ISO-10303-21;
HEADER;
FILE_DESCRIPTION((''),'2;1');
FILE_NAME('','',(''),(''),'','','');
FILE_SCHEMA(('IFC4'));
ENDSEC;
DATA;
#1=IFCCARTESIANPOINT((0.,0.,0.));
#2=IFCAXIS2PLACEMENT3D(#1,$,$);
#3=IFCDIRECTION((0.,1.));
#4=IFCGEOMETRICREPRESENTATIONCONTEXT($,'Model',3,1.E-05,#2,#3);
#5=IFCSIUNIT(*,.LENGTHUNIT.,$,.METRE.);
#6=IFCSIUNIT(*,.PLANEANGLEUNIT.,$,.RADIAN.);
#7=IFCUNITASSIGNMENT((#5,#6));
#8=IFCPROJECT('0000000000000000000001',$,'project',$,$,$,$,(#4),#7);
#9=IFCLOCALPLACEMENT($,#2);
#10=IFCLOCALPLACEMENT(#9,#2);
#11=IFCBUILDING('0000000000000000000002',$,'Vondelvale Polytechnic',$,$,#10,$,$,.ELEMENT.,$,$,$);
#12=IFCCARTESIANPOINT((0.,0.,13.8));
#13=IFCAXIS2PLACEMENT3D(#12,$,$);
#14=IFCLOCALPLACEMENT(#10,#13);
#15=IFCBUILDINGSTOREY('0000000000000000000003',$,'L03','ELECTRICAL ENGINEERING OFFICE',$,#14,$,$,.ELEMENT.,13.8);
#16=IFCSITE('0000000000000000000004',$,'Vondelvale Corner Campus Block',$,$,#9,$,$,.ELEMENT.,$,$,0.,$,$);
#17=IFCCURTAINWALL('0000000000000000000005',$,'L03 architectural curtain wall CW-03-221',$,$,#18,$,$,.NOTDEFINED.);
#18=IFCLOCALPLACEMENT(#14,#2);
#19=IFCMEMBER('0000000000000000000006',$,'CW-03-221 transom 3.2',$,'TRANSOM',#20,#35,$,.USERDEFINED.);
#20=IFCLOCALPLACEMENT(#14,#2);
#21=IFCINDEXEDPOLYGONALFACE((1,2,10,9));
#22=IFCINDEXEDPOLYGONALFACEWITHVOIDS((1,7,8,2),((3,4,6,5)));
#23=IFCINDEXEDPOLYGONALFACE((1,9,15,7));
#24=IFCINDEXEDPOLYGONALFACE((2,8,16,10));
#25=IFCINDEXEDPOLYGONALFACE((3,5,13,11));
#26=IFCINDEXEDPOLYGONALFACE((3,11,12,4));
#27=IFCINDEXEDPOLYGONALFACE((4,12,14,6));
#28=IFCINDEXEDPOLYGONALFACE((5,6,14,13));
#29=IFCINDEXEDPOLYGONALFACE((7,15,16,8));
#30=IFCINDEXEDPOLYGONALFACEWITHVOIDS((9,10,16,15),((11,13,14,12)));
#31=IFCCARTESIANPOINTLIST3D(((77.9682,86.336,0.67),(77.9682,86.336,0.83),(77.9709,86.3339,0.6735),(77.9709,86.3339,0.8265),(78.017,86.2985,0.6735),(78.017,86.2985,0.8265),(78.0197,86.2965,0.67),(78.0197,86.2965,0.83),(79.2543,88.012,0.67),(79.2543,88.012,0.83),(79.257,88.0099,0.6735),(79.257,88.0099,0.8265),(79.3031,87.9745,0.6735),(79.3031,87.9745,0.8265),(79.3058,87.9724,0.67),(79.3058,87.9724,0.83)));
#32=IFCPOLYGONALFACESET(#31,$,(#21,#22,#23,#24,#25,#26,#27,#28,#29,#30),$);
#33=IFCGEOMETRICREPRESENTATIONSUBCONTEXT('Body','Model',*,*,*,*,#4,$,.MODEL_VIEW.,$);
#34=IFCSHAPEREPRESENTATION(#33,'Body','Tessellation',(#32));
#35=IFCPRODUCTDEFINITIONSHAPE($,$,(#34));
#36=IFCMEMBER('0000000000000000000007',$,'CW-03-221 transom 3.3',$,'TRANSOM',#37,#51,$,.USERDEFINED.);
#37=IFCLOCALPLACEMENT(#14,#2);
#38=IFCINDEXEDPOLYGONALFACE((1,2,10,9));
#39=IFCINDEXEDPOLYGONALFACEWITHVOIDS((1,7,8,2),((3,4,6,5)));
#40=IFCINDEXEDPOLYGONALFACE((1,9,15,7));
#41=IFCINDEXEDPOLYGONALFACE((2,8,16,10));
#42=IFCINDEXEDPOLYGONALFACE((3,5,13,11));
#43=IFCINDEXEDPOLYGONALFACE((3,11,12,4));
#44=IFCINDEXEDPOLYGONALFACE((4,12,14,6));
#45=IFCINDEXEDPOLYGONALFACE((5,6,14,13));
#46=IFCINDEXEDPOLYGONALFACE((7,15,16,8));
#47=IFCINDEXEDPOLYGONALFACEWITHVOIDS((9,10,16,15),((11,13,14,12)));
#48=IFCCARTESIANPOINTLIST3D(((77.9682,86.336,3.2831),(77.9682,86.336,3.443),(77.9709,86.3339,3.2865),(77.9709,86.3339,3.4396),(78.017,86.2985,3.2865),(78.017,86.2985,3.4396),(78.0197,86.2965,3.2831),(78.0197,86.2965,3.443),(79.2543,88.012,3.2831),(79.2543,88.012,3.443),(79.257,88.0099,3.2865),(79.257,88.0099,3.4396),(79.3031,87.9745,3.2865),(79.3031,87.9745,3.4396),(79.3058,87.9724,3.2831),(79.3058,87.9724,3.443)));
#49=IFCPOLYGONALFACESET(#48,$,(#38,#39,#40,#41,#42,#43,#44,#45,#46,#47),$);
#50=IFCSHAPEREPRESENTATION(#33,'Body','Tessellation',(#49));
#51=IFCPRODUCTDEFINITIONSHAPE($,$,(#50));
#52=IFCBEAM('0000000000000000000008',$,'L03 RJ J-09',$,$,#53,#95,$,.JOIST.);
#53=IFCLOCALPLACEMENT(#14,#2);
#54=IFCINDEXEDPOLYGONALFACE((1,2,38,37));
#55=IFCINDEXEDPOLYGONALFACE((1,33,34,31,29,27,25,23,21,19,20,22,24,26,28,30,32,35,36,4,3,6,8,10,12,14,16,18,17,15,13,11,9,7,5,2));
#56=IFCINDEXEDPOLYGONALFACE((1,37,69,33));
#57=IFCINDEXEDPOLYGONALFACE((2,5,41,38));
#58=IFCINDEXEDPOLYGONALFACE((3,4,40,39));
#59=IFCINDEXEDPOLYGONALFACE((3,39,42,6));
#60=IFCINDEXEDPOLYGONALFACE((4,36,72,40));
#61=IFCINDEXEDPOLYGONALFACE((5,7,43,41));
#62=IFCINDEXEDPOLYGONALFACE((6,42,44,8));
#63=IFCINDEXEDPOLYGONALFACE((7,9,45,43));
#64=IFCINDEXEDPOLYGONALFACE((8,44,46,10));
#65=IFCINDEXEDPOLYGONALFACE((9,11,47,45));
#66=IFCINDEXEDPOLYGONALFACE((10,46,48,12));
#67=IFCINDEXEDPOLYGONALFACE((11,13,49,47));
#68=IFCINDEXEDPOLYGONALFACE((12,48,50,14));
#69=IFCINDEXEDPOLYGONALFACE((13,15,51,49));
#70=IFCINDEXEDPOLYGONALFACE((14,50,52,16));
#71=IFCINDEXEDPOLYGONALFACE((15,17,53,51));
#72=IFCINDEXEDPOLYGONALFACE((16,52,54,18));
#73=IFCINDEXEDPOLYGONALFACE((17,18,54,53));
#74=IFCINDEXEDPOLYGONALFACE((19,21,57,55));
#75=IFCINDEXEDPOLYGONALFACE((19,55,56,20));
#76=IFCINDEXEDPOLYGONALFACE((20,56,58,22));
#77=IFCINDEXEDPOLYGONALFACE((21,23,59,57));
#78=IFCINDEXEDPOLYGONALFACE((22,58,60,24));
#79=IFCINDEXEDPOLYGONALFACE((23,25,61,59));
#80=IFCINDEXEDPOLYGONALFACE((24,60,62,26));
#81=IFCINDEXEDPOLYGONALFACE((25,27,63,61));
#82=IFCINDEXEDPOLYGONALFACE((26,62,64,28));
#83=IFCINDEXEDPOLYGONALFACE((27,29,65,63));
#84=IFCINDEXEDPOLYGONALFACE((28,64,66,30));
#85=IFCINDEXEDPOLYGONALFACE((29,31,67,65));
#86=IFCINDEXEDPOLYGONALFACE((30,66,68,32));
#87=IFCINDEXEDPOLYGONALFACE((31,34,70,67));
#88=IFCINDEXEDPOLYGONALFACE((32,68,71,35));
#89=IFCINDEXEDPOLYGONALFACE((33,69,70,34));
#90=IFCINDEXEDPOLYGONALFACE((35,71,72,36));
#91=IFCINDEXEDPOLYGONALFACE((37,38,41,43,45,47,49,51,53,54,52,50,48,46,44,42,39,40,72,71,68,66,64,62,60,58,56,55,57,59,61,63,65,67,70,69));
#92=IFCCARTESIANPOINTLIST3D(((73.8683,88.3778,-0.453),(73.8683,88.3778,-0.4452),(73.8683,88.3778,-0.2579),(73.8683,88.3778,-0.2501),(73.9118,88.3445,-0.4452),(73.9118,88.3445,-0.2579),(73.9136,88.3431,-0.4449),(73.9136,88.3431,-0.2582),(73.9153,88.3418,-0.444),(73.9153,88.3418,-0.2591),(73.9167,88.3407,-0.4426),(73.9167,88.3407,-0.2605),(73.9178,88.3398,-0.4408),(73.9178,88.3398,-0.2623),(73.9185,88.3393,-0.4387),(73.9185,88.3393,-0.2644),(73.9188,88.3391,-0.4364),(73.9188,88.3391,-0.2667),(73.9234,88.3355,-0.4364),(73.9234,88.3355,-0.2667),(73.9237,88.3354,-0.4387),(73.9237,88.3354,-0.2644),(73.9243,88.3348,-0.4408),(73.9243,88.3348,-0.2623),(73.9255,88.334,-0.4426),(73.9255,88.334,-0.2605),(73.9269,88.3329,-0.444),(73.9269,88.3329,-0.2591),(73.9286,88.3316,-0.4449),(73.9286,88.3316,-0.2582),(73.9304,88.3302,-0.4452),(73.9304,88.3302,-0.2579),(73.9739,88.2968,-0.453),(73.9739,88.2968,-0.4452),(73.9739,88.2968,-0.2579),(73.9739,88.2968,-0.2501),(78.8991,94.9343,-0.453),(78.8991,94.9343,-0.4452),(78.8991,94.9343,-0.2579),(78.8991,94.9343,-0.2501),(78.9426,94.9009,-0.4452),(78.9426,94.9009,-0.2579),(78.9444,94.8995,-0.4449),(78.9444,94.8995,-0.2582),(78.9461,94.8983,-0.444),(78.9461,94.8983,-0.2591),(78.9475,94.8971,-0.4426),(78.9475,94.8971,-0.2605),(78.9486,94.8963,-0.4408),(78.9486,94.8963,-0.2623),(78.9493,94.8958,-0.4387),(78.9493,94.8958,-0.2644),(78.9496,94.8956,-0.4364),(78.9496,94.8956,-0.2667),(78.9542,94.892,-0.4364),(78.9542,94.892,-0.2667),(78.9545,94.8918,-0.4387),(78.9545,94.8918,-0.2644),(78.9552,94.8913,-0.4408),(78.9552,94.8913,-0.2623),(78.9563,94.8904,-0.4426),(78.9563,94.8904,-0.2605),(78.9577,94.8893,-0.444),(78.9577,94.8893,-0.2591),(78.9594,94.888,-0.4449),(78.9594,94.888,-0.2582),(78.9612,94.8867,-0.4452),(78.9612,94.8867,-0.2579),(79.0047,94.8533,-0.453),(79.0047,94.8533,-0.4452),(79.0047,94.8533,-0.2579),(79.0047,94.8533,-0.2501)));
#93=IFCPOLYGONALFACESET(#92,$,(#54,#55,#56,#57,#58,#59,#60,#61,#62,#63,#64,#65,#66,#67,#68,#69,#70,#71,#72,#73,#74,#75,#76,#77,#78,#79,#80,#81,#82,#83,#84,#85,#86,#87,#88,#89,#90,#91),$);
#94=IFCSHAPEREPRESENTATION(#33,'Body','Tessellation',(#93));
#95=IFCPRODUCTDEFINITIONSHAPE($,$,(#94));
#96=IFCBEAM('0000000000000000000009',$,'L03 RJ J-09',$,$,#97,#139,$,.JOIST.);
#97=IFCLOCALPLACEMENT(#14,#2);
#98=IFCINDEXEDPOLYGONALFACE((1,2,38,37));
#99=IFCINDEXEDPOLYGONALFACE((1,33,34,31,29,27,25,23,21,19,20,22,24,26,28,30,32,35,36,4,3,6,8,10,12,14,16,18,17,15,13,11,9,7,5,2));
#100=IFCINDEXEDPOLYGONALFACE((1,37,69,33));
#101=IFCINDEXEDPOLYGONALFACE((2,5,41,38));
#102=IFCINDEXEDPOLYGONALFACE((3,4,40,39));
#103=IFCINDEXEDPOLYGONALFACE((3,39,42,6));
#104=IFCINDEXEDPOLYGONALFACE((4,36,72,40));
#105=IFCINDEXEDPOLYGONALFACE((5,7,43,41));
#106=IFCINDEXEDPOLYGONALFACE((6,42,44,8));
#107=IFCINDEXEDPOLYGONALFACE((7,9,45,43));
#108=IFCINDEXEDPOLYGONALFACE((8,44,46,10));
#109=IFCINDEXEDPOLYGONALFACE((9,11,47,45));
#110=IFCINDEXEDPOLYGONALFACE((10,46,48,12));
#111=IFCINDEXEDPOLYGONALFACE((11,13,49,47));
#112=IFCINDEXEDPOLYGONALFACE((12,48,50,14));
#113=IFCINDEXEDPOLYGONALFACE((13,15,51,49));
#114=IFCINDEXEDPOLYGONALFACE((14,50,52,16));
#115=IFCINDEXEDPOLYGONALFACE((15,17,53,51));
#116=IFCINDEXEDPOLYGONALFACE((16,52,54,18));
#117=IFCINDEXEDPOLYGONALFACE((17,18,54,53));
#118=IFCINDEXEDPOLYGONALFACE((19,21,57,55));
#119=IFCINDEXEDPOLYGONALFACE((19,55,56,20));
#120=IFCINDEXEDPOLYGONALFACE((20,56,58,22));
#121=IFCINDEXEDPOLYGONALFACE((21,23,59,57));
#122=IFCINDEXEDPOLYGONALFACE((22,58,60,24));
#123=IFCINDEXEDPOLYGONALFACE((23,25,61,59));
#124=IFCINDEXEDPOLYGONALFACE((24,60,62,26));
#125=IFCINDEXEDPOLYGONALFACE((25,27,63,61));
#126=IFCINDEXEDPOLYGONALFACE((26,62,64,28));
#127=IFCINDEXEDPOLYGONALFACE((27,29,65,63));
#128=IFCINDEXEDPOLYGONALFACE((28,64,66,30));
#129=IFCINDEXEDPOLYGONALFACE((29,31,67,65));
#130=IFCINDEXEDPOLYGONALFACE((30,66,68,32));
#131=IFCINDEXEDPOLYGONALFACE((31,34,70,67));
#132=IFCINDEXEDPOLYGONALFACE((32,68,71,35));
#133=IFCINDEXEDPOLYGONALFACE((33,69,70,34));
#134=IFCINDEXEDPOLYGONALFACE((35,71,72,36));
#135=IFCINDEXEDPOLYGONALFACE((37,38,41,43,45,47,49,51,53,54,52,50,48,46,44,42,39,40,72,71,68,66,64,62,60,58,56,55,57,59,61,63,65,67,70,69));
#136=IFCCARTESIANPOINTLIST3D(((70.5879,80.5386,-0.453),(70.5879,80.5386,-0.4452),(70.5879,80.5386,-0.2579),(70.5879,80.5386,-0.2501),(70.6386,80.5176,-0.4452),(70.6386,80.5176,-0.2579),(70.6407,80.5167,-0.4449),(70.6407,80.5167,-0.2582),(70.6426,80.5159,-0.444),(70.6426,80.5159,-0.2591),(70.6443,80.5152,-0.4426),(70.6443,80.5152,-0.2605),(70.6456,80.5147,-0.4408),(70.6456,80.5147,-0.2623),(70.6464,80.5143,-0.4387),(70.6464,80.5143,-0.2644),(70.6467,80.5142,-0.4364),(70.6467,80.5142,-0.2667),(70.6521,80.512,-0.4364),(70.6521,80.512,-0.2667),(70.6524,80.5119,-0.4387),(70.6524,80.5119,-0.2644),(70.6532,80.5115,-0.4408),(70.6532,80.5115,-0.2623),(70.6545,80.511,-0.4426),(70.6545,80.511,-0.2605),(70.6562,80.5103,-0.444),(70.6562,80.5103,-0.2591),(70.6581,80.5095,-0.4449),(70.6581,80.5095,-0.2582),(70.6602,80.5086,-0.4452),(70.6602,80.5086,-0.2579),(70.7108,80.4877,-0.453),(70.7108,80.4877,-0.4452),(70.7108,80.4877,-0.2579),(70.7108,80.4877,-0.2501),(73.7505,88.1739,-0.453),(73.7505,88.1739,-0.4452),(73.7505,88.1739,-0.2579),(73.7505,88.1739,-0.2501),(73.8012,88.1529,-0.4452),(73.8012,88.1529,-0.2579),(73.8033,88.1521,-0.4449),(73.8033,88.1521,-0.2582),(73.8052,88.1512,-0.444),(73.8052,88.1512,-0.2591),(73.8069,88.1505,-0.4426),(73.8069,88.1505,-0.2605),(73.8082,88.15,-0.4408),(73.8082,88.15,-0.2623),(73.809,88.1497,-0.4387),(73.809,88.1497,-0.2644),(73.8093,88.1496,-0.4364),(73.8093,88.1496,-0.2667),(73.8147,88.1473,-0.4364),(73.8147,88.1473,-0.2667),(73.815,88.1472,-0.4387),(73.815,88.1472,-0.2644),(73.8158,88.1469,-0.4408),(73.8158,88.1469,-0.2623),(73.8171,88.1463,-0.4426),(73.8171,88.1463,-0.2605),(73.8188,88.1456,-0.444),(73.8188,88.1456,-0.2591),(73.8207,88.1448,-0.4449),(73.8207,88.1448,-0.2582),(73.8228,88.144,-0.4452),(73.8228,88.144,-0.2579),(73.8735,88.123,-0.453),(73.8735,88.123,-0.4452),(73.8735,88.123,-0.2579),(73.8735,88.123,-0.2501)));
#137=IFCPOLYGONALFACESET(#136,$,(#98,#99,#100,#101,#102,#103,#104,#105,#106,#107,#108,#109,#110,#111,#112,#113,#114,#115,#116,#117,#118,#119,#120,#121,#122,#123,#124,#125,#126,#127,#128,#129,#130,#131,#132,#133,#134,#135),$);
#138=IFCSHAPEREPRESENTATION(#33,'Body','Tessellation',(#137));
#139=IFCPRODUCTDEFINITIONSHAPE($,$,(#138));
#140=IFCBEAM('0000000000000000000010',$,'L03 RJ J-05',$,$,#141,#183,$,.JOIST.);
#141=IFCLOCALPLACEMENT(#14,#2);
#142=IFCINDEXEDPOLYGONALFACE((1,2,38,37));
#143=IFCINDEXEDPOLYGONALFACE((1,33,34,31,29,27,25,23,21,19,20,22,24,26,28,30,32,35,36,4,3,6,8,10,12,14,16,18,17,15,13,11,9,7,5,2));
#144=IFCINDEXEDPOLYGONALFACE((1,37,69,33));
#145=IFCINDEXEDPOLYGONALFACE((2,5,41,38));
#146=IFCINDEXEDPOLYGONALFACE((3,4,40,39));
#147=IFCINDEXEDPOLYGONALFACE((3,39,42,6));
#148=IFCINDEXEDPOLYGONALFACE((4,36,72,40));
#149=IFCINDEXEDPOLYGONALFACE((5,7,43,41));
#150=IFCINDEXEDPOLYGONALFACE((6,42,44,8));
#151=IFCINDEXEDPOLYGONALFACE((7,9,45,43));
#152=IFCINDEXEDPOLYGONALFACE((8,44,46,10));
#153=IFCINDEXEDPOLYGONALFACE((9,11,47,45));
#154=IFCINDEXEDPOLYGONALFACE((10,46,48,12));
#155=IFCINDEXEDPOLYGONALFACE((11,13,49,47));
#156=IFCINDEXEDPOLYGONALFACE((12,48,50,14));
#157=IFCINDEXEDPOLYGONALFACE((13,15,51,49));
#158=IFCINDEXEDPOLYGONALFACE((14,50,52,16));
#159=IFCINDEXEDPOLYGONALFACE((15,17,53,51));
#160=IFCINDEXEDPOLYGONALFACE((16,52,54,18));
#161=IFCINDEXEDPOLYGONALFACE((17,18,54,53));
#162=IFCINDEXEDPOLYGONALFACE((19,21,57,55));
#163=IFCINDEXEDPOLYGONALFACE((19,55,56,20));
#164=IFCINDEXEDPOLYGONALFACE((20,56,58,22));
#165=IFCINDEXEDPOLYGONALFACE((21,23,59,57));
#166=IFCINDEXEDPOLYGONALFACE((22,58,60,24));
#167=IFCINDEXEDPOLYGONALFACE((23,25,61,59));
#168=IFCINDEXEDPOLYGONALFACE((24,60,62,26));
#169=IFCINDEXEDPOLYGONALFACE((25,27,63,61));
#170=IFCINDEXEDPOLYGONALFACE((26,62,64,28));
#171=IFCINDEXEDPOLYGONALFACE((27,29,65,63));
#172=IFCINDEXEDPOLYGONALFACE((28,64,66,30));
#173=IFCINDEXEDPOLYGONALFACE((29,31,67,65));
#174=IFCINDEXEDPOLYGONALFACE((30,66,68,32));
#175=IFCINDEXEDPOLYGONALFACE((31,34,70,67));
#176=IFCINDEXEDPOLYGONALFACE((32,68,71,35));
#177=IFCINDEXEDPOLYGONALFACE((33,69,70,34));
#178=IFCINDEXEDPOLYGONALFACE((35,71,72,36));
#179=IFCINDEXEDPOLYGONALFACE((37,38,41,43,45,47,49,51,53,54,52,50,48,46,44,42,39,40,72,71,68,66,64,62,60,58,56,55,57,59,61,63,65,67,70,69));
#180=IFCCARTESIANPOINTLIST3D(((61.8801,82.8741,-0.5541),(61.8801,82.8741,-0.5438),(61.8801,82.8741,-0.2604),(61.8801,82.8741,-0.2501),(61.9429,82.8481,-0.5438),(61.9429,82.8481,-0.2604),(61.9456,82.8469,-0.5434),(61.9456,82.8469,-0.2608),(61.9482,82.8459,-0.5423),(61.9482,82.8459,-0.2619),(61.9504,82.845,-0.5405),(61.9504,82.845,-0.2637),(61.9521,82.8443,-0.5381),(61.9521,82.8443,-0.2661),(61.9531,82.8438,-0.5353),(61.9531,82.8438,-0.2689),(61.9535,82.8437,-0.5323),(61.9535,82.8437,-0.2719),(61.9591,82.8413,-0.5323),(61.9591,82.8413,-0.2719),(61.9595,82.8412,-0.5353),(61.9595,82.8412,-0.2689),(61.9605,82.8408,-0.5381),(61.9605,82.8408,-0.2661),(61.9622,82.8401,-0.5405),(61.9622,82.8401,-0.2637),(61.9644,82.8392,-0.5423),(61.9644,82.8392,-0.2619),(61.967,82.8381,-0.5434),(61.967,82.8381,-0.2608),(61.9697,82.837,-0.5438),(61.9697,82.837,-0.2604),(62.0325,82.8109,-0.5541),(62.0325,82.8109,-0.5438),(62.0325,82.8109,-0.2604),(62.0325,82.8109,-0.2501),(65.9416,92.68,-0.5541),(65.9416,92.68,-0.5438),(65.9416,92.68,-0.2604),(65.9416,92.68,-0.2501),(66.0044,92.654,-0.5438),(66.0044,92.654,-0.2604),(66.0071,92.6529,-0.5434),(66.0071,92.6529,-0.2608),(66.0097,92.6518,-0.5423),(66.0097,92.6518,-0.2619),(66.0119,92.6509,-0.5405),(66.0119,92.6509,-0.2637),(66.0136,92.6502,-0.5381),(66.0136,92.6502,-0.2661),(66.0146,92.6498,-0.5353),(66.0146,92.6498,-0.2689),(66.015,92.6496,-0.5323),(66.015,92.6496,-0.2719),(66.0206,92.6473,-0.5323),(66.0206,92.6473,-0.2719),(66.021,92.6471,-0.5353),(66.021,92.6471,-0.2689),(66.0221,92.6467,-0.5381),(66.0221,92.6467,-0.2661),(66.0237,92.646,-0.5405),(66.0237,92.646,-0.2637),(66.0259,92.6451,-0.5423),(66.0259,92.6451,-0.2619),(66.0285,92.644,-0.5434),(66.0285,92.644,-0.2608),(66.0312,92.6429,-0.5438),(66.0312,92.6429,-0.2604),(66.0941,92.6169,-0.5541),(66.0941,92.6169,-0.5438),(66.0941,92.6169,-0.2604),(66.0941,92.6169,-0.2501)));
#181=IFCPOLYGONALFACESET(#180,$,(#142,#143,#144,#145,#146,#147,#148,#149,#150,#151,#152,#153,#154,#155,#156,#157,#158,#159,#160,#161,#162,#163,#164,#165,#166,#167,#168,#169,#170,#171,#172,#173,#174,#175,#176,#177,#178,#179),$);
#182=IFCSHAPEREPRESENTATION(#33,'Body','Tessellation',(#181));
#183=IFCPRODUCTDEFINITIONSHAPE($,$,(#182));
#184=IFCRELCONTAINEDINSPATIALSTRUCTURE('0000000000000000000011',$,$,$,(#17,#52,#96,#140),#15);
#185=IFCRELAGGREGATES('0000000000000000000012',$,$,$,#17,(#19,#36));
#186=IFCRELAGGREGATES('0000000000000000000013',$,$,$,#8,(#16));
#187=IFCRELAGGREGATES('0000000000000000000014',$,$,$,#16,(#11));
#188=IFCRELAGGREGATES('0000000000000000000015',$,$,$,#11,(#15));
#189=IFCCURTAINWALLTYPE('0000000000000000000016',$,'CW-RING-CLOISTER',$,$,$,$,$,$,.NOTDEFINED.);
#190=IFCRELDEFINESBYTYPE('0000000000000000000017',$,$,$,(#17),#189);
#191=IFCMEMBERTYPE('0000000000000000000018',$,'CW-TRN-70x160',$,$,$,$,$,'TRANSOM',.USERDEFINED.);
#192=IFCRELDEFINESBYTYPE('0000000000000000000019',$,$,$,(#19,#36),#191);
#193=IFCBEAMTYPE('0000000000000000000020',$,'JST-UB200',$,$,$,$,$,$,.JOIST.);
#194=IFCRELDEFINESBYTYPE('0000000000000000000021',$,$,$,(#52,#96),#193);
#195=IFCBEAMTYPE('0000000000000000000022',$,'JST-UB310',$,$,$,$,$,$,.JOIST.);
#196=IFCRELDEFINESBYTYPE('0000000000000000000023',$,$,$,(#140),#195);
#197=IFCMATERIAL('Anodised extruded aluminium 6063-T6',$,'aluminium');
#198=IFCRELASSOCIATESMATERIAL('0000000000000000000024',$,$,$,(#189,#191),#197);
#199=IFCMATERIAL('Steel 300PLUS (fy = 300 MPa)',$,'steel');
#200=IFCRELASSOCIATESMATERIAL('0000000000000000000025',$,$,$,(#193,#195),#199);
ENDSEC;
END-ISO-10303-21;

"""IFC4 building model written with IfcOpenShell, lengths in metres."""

from ifc_helpers import new_model, si_unit, direction, frame, origin, origin_2d, place, context, subcontext, project, spatial, hollow_rectangle, i_section, extrude, material, material_profile, profile_set, type_object, element, aggregate, save


model = new_model("IFC4")

# Units and contexts
model_context = context("Model", 3, precision=1e-05, world=origin(), true_north=direction((0.0, 1.0)))
body_context = subcontext(model_context, "Body", "Model", "MODEL_VIEW")
ifc_project = project(units=[si_unit("LENGTHUNIT", "METRE"), si_unit("PLANEANGLEUNIT", "RADIAN")], contexts=[model_context])

# Site, building, storey
site_placement = place(None, origin())
site = spatial("IfcSite", under=ifc_project, at=site_placement, Name="Vondelvale Corner Campus Block", CompositionType="ELEMENT", RefElevation=0.0)
building_placement = place(site_placement, origin())
building = spatial("IfcBuilding", under=site, at=building_placement, Name="Vondelvale Polytechnic", CompositionType="ELEMENT")
storey_placement = place(building_placement, frame((0.0, 0.0, 13.8)))
storey = spatial("IfcBuildingStorey", under=building, at=storey_placement, Name="L03", Description="ELECTRICAL ENGINEERING OFFICE", CompositionType="ELEMENT", Elevation=13.8)

# Shared definitions
ifc_material_1 = material(Name="Steel 300PLUS (fy = 300 MPa)", Category="steel")

# Shared definitions
ifc_material_2 = material(Name="Anodised extruded aluminium 6063-T6", Category="aluminium")

# Curtain wall, members
curtain_wall_type_1 = type_object("IfcCurtainWallType", Name="CW-RING-CLOISTER", PredefinedType="NOTDEFINED", material=ifc_material_2)
curtain_wall_1_placement = place(storey_placement, origin())
curtain_wall_1 = element("IfcCurtainWall", 1, at=curtain_wall_1_placement, inside=storey, type_object=curtain_wall_type_1, Name="L03 architectural curtain wall CW-03-221", PredefinedType="NOTDEFINED")
ifc_material_profile_1 = material_profile(ifc_material_2, hollow_rectangle(XDim=0.0649, YDim=0.1599, WallThickness=0.0034, at=origin_2d()), Name="CW-TRN-160x65")
ifc_profile_set_1 = profile_set([ifc_material_profile_1], Name="Anodised extruded aluminium 6063-T6")
member_type_1 = type_object("IfcMemberType", Name="CW-TRN-70x160", ElementType="TRANSOM", PredefinedType="USERDEFINED", material=ifc_profile_set_1)
member_1_placement = place(storey_placement, frame((79.28, 87.9922, 0.75), z_axis=(-0.608783, -0.793337, 0.0), x_axis=(0.793337, -0.608783, 0.0)))
member_1 = element("IfcMember", 2, at=member_1_placement, type_object=member_type_1, Name="CW-03-221 transom 3.2", ObjectType="TRANSOM", PredefinedType="USERDEFINED", context=body_context, shape_type="SweptSolid", body=[
    extrude(hollow_rectangle(XDim=0.0649, YDim=0.1599, WallThickness=0.0034, at=origin_2d()), origin(), (0.0, 0.0, 1.0), 2.1125),
])
member_2_placement = place(storey_placement, frame((79.28, 87.9922, 3.363), z_axis=(-0.608783, -0.793337, 0.0), x_axis=(0.793337, -0.608783, 0.0)))
member_2 = element("IfcMember", 3, at=member_2_placement, type_object=member_type_1, Name="CW-03-221 transom 3.3", ObjectType="TRANSOM", PredefinedType="USERDEFINED", context=body_context, shape_type="SweptSolid", body=[
    extrude(hollow_rectangle(XDim=0.0649, YDim=0.1599, WallThickness=0.0034, at=origin_2d()), origin(), (0.0, 0.0, 1.0), 2.1125),
])
aggregate(curtain_wall_1, [member_1, member_2])

# Beams
ifc_material_profile_2 = material_profile(ifc_material_1, i_section(OverallWidth=0.1331, OverallDepth=0.2029, WebThickness=0.0059, FlangeThickness=0.0078, FilletRadius=0.0088, at=origin_2d()), Name="200UB25.4")
ifc_profile_set_2 = profile_set([ifc_material_profile_2], Name="Steel 300PLUS (fy = 300 MPa)")
beam_type_1 = type_object("IfcBeamType", Name="JST-UB200", PredefinedType="JOIST", material=ifc_profile_set_2)
beam_1_placement = place(storey_placement, frame((78.9519, 94.8938, -0.3516), z_axis=(-0.608751, -0.793361, 0.0), x_axis=(0.793361, -0.608751, 0.0)))
element("IfcBeam", 4, at=beam_1_placement, inside=storey, type_object=beam_type_1, Name="L03 RJ J-09", PredefinedType="JOIST", context=body_context, shape_type="SweptSolid", body=[
    extrude(i_section(OverallWidth=0.1331, OverallDepth=0.2029, WebThickness=0.0059, FlangeThickness=0.0078, FilletRadius=0.0088, at=origin_2d()), origin(), (0.0, 0.0, 1.0), 8.2642),
])
beam_2_placement = place(storey_placement, frame((73.812, 88.1484, -0.3516), z_axis=(-0.382681, -0.923881, 0.0), x_axis=(0.923881, -0.382681, 0.0)))
element("IfcBeam", 5, at=beam_2_placement, inside=storey, type_object=beam_type_1, Name="L03 RJ J-09", PredefinedType="JOIST", context=body_context, shape_type="SweptSolid", body=[
    extrude(i_section(OverallWidth=0.1331, OverallDepth=0.2029, WebThickness=0.0059, FlangeThickness=0.0078, FilletRadius=0.0088, at=origin_2d()), origin(), (0.0, 0.0, 1.0), 8.2644),
])
ifc_material_profile_3 = material_profile(ifc_material_1, i_section(OverallWidth=0.165, OverallDepth=0.304, WebThickness=0.0061, FlangeThickness=0.0103, FilletRadius=0.0115, at=origin_2d()), Name="310UB40.4")
ifc_profile_set_3 = profile_set([ifc_material_profile_3], Name="Steel 300PLUS (fy = 300 MPa)")
beam_type_2 = type_object("IfcBeamType", Name="JST-UB310", PredefinedType="JOIST", material=ifc_profile_set_3)
beam_3_placement = place(storey_placement, frame((66.0178, 92.6484, -0.4021), z_axis=(-0.382666, -0.923887, 0.0), x_axis=(0.923887, -0.382666, 0.0)))
element("IfcBeam", 6, at=beam_3_placement, inside=storey, type_object=beam_type_2, Name="L03 RJ J-05", PredefinedType="JOIST", context=body_context, shape_type="SweptSolid", body=[
    extrude(i_section(OverallWidth=0.165, OverallDepth=0.304, WebThickness=0.0061, FlangeThickness=0.0103, FilletRadius=0.0115, at=origin_2d()), origin(), (0.0, 0.0, 1.0), 10.6138),
])

save(model, "model.ifc")
